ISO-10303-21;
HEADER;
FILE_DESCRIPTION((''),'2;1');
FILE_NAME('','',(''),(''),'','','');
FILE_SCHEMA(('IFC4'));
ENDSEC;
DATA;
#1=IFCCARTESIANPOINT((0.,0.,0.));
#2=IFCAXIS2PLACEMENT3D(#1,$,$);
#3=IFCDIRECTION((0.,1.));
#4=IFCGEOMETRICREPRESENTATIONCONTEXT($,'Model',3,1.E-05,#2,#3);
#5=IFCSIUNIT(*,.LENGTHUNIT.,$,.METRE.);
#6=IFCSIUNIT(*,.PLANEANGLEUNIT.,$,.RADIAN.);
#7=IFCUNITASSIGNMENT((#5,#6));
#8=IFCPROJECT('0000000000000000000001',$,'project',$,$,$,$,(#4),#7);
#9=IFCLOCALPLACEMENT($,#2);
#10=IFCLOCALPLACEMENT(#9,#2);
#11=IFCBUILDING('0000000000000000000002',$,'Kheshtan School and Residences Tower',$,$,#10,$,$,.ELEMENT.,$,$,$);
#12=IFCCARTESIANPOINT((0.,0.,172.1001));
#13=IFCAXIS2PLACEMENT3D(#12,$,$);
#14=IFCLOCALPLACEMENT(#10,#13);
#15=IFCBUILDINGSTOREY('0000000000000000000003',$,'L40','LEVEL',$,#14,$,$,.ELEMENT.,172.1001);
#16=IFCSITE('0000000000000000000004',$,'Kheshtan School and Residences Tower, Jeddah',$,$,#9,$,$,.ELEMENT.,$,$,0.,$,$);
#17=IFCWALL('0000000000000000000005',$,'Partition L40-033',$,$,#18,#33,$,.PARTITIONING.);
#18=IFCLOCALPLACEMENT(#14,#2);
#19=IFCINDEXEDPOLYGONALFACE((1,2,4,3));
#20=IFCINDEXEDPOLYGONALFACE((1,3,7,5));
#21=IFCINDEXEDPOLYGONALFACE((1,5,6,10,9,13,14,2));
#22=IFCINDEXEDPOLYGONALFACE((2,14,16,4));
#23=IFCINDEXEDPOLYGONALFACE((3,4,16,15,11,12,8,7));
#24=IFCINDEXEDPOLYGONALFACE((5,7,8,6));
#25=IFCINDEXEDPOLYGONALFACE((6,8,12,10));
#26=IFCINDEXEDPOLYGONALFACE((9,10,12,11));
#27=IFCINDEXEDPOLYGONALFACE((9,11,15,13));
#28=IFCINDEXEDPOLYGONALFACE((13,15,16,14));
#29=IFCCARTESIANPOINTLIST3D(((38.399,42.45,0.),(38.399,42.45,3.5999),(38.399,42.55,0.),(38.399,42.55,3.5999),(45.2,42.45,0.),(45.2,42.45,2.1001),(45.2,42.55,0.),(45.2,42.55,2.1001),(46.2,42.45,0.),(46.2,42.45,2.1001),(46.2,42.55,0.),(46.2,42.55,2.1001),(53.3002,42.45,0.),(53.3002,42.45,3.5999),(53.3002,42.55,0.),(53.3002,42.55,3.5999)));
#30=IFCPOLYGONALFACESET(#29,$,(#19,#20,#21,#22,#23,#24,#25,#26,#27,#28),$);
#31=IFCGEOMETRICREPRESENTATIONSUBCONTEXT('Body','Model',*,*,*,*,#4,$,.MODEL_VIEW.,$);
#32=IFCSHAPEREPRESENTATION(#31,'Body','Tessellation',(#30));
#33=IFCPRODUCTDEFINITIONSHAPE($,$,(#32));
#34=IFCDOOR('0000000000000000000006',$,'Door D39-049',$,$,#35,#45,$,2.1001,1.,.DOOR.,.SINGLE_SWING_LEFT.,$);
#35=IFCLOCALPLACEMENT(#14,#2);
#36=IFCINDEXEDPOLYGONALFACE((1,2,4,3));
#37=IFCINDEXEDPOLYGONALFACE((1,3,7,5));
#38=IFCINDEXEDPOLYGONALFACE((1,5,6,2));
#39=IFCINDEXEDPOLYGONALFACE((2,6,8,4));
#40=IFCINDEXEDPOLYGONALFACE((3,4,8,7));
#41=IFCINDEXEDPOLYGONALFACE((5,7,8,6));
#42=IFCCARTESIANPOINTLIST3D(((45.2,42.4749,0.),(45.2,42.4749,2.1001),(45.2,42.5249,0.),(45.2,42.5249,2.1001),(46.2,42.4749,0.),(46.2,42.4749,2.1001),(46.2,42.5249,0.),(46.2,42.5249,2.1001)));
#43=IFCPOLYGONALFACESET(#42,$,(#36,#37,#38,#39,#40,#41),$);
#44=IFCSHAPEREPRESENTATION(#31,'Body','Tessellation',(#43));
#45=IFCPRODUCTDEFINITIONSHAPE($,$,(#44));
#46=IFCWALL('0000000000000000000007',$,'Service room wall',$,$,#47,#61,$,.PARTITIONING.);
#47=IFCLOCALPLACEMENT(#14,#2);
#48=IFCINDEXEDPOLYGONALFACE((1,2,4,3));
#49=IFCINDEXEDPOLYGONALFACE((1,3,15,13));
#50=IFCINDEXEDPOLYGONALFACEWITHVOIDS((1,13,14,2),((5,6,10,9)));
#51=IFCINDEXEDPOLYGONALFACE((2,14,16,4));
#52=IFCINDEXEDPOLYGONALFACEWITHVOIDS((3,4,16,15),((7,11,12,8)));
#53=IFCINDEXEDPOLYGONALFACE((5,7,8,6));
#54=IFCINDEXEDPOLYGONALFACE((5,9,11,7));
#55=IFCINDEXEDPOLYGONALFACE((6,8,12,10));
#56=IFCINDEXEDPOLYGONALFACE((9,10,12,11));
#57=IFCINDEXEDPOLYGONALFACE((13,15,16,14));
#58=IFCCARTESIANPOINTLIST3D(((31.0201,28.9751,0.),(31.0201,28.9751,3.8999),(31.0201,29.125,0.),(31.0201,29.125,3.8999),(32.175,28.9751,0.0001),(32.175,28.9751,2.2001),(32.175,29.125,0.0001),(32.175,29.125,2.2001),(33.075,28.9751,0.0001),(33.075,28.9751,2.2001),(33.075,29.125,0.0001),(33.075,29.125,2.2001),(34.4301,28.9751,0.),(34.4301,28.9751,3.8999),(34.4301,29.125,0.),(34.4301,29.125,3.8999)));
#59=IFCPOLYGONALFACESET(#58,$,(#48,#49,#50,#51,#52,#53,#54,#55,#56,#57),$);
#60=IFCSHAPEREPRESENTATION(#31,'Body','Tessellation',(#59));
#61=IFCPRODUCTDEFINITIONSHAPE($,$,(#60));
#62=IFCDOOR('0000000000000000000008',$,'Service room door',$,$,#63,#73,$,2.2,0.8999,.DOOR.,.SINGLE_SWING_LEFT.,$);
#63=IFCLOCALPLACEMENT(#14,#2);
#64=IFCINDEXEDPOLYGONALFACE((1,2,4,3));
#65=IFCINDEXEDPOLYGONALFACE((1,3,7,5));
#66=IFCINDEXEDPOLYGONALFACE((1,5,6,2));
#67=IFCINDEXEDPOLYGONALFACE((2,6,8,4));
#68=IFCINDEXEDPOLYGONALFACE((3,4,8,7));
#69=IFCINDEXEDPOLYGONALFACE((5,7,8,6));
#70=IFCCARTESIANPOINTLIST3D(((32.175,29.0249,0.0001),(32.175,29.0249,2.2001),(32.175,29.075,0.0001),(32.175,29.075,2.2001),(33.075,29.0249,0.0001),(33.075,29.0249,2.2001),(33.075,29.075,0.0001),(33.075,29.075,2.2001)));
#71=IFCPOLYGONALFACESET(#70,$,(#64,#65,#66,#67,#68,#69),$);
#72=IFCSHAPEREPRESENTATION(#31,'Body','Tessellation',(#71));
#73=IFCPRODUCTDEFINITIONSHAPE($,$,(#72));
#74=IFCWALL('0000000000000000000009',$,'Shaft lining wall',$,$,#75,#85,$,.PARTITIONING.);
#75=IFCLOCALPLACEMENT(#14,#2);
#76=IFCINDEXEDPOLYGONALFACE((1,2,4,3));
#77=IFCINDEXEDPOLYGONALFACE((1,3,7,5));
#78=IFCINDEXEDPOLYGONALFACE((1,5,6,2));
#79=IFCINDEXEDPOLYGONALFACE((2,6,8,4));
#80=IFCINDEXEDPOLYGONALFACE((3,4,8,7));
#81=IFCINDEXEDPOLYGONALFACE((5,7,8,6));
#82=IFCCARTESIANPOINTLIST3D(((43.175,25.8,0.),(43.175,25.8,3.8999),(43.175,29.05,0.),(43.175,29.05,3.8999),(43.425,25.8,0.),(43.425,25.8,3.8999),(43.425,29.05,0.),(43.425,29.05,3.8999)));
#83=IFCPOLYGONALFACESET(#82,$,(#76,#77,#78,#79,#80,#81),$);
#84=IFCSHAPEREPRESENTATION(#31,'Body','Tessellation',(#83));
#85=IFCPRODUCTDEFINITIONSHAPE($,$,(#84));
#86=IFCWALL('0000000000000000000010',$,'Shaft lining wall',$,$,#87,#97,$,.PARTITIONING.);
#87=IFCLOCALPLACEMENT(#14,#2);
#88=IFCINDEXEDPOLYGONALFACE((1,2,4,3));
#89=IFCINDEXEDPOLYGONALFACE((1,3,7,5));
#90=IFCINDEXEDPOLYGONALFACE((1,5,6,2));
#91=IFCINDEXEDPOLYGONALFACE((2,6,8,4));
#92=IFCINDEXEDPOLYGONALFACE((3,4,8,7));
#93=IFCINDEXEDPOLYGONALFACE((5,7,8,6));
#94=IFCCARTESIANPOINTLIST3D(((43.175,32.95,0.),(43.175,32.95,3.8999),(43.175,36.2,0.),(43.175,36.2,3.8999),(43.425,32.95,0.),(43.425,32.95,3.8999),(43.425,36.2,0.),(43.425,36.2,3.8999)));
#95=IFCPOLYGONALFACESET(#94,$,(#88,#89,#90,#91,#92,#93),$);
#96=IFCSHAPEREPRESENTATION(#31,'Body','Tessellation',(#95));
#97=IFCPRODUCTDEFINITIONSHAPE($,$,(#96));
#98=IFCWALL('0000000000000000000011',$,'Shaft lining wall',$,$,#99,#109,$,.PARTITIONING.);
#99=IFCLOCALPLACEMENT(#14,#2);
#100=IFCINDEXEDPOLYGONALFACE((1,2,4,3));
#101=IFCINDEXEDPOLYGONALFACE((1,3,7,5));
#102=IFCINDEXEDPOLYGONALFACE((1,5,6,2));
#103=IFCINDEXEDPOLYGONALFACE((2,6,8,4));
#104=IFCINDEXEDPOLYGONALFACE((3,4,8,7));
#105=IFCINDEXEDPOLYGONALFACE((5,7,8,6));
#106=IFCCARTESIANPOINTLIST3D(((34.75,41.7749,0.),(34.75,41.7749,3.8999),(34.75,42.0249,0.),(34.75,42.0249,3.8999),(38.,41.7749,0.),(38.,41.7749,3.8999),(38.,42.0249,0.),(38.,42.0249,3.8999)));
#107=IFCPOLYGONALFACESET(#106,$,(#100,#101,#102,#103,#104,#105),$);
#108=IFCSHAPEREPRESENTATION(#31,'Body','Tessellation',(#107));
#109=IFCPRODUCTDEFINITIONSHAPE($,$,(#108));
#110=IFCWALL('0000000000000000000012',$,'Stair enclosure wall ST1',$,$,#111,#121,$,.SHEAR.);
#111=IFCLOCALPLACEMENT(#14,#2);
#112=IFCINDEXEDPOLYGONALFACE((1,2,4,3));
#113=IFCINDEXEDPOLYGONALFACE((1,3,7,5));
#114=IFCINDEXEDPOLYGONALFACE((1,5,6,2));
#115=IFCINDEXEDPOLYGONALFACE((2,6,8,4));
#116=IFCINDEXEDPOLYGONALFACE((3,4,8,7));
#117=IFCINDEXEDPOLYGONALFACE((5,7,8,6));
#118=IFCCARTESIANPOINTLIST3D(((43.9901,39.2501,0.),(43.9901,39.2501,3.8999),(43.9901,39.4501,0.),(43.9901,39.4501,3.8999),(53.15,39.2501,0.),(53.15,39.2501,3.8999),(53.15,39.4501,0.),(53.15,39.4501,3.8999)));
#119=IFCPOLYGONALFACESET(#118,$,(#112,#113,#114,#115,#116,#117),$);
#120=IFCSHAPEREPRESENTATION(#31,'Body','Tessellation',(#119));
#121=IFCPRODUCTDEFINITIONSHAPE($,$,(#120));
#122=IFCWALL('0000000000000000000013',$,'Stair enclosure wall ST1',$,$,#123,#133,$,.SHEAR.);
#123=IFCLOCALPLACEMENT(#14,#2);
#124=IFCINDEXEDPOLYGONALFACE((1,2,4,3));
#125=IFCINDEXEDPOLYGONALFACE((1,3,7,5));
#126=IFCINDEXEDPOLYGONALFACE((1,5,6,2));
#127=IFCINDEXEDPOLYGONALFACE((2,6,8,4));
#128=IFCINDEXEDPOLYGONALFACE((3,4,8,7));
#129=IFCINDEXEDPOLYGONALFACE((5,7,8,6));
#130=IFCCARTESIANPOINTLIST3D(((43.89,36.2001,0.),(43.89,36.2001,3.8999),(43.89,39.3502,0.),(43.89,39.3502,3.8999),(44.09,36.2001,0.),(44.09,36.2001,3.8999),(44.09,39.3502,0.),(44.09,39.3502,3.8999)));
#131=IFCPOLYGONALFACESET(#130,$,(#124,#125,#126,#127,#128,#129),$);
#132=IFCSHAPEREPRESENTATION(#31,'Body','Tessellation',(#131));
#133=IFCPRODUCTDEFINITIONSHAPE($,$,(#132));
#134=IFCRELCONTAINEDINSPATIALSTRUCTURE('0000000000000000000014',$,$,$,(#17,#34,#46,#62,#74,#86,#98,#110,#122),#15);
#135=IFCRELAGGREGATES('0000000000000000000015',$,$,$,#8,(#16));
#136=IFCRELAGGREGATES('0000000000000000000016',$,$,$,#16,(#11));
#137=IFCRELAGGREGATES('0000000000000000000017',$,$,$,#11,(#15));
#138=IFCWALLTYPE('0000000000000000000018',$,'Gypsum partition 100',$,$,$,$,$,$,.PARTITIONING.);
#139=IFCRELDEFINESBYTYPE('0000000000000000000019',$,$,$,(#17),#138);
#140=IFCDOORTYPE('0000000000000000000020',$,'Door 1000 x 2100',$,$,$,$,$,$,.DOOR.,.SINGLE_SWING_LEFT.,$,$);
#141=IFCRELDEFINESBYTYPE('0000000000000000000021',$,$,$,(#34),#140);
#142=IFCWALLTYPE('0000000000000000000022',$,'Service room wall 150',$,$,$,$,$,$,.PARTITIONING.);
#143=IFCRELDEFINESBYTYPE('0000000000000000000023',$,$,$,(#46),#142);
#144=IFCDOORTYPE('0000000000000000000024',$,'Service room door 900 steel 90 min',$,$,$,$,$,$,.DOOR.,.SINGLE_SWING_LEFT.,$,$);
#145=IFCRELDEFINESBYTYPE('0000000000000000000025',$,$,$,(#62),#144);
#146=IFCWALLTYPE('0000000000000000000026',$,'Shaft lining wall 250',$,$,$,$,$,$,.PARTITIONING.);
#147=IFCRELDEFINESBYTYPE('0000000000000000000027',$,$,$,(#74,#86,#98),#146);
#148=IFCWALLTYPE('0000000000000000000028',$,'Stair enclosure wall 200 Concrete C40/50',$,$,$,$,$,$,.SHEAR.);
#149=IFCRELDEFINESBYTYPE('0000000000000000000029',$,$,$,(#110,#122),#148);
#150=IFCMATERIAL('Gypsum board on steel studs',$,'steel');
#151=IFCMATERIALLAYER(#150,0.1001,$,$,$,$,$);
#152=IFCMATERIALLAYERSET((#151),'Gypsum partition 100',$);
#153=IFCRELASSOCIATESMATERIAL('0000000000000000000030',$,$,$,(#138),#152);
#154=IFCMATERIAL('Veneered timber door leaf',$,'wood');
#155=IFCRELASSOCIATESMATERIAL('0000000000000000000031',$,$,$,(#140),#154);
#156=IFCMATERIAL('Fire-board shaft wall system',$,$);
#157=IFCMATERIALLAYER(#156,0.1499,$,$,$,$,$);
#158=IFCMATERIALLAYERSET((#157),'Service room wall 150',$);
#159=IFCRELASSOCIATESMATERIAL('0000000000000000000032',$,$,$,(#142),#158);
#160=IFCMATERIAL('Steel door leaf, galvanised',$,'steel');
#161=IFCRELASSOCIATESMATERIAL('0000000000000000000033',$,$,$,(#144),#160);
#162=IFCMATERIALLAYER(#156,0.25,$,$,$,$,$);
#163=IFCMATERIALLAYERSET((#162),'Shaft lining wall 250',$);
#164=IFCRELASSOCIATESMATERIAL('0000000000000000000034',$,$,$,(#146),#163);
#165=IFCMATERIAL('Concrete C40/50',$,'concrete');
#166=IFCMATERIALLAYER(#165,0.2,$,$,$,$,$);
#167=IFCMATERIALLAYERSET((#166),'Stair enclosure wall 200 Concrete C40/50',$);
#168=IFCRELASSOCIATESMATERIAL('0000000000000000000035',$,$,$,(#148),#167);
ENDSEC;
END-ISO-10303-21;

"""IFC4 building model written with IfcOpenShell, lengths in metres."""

from ifc_helpers import new_model, si_unit, direction, frame, frame_2d, origin, place, context, subcontext, project, spatial, rectangle, extrude, source, transform, mapped, material, layer, layer_set, type_object, element, fill, save


model = new_model("IFC4")

# Units and contexts
model_context = context("Model", 3, precision=1e-05, world=origin(), true_north=direction((0.0, 1.0)))
body_context = subcontext(model_context, "Body", "Model", "MODEL_VIEW")
ifc_project = project(units=[si_unit("LENGTHUNIT", "METRE"), si_unit("PLANEANGLEUNIT", "RADIAN")], contexts=[model_context])

# Site, building, storey
site_placement = place(None, origin())
site = spatial("IfcSite", under=ifc_project, at=site_placement, Name="Kheshtan School and Residences Tower, Jeddah", CompositionType="ELEMENT", RefElevation=0.0)
building_placement = place(site_placement, origin())
building = spatial("IfcBuilding", under=site, at=building_placement, Name="Kheshtan School and Residences Tower", CompositionType="ELEMENT")
storey_placement = place(building_placement, frame((0.0, 0.0, 172.1001)))
storey = spatial("IfcBuildingStorey", under=building, at=storey_placement, Name="L40", Description="LEVEL", CompositionType="ELEMENT", Elevation=172.1001)

# Shared definitions
ifc_material_1 = material(Name="Steel door leaf, galvanised", Category="steel")

# Walls, openings, doors
ifc_material_2 = material(Name="Gypsum board on steel studs", Category="steel")
ifc_layer_1 = layer(ifc_material_2, 0.1001)
ifc_layer_set_1 = layer_set([ifc_layer_1], Name="Gypsum partition 100")
wall_type_1 = type_object("IfcWallType", Name="Gypsum partition 100", PredefinedType="PARTITIONING", material=ifc_layer_set_1)
wall_1_placement = place(storey_placement, frame((38.3989, 42.5, 0.0), z_axis=(0.0, 0.0, 1.0), x_axis=(1.0, 0.0, 0.0)))
wall_1 = element("IfcWall", 1, at=wall_1_placement, inside=storey, type_object=wall_type_1, Name="Partition L40-033", PredefinedType="PARTITIONING", context=body_context, shape_type="SweptSolid", body=[
    extrude(rectangle(XDim=14.9011, YDim=0.1001, at=frame_2d((7.4507, 0.0))), origin(), (0.0, 0.0, 1.0), 3.5999),
])
opening_1_placement = place(wall_1_placement, frame((6.801, 0.0, 0.0)))
opening_1 = element("IfcOpeningElement", 2, at=opening_1_placement, cuts=wall_1, PredefinedType="OPENING", context=body_context, shape_type="SweptSolid", body=[
    extrude(rectangle(XDim=1.0, YDim=2.1001, at=frame_2d((0.5, 1.05))), frame((0.0, 0.0601, 0.0), z_axis=(0.0, -1.0, 0.0), x_axis=(1.0, 0.0, 0.0)), (0.0, 0.0, 1.0), 0.1201),
])
ifc_material_3 = material(Name="Veneered timber door leaf", Category="wood")
door_type_1 = type_object("IfcDoorType", Name="Door 1000 x 2100", OperationType="SINGLE_SWING_LEFT", PredefinedType="DOOR", material=ifc_material_3)
shared_shape_1 = source(origin(), body_context, "Body", "SweptSolid", [
    extrude(rectangle(XDim=1.0, YDim=2.1001, at=frame_2d((0.5, 1.05))), frame((0.0, 0.0249, 0.0), z_axis=(0.0, -1.0, 0.0), x_axis=(1.0, 0.0, 0.0)), (0.0, 0.0, 1.0), 0.05),
])
door_1_placement = place(opening_1_placement, origin())
door_1 = element("IfcDoor", 3, at=door_1_placement, inside=storey, type_object=door_type_1, Name="Door D39-049", OperationType="SINGLE_SWING_LEFT", OverallHeight=2.1001, OverallWidth=1.0, PredefinedType="DOOR", context=body_context, shape_type="MappedRepresentation", body=[
    mapped(shared_shape_1, transform((0.0, 0.0, 0.0), x_axis=(1.0, 0.0, 0.0), y_axis=(0.0, 1.0, 0.0), z_axis=(0.0, 0.0, 1.0), scale=1.0)),
])
fill(opening_1, door_1)
ifc_material_4 = material(Name="Fire-board shaft wall system")
ifc_layer_2 = layer(ifc_material_4, 0.1499)
ifc_layer_set_2 = layer_set([ifc_layer_2], Name="Service room wall 150")
wall_type_2 = type_object("IfcWallType", Name="Service room wall 150", PredefinedType="PARTITIONING", material=ifc_layer_set_2)
wall_2_placement = place(storey_placement, frame((31.02, 29.05, 0.0), z_axis=(0.0, 0.0, 1.0), x_axis=(1.0, 0.0, 0.0)))
wall_2 = element("IfcWall", 4, at=wall_2_placement, inside=storey, type_object=wall_type_2, Name="Service room wall", PredefinedType="PARTITIONING", context=body_context, shape_type="SweptSolid", body=[
    extrude(rectangle(XDim=3.4099, YDim=0.1499, at=frame_2d((1.7051, 0.0))), origin(), (0.0, 0.0, 1.0), 3.8999),
])
opening_2_placement = place(wall_2_placement, frame((1.155, 0.0, 0.0)))
opening_2 = element("IfcOpeningElement", 5, at=opening_2_placement, cuts=wall_2, PredefinedType="OPENING", context=body_context, shape_type="SweptSolid", body=[
    extrude(rectangle(XDim=0.8999, YDim=2.2, at=frame_2d((0.45, 1.1001))), frame((0.0, 0.085, 0.0), z_axis=(0.0, -1.0, 0.0), x_axis=(1.0, 0.0, 0.0)), (0.0, 0.0, 1.0), 0.1699),
])
door_type_2 = type_object("IfcDoorType", Name="Service room door 900 steel 90 min", OperationType="SINGLE_SWING_LEFT", PredefinedType="DOOR", material=ifc_material_1)
shared_shape_2 = source(origin(), body_context, "Body", "SweptSolid", [
    extrude(rectangle(XDim=0.8999, YDim=2.2, at=frame_2d((0.45, 1.1001))), frame((0.0, 0.0249, 0.0), z_axis=(0.0, -1.0, 0.0), x_axis=(1.0, 0.0, 0.0)), (0.0, 0.0, 1.0), 0.05),
])
door_2_placement = place(opening_2_placement, origin())
door_2 = element("IfcDoor", 6, at=door_2_placement, inside=storey, type_object=door_type_2, Name="Service room door", OperationType="SINGLE_SWING_LEFT", OverallHeight=2.2, OverallWidth=0.8999, PredefinedType="DOOR", context=body_context, shape_type="MappedRepresentation", body=[
    mapped(shared_shape_2, transform((0.0, 0.0, 0.0), x_axis=(1.0, 0.0, 0.0), y_axis=(0.0, 1.0, 0.0), z_axis=(0.0, 0.0, 1.0), scale=1.0)),
])
fill(opening_2, door_2)

# Walls
ifc_layer_3 = layer(ifc_material_4, 0.25)
ifc_layer_set_3 = layer_set([ifc_layer_3], Name="Shaft lining wall 250")
wall_type_3 = type_object("IfcWallType", Name="Shaft lining wall 250", PredefinedType="PARTITIONING", material=ifc_layer_set_3)
for number, where, z_axis, x_axis, name in (
    (7, (43.3, 25.8, 0.0), (0.0, 0.0, 1.0), (0.0, 1.0, 0.0), "Shaft lining wall"),
    (8, (43.3, 32.95, 0.0), (0.0, 0.0, 1.0), (0.0, 1.0, 0.0), "Shaft lining wall"),
    (9, (34.75, 41.8999, 0.0), (0.0, 0.0, 1.0), (1.0, 0.0, 0.0), "Shaft lining wall"),
):
    element("IfcWall", number, at=place(storey_placement, frame(where, z_axis=z_axis, x_axis=x_axis)), inside=storey, type_object=wall_type_3, Name=name, PredefinedType="PARTITIONING", context=body_context, shape_type="SweptSolid", body=[
        extrude(rectangle(XDim=3.25, YDim=0.25, at=frame_2d((1.625, 0.0))), origin(), (0.0, 0.0, 1.0), 3.8999),
    ])
ifc_material_5 = material(Name="Concrete C40/50", Category="concrete")
ifc_layer_4 = layer(ifc_material_5, 0.2)
ifc_layer_set_4 = layer_set([ifc_layer_4], Name="Stair enclosure wall 200 Concrete C40/50")
wall_type_4 = type_object("IfcWallType", Name="Stair enclosure wall 200 Concrete C40/50", PredefinedType="SHEAR", material=ifc_layer_set_4)
wall_3_placement = place(storey_placement, frame((43.99, 39.3501, 0.0), z_axis=(0.0, 0.0, 1.0), x_axis=(1.0, 0.0, 0.0)))
element("IfcWall", 10, at=wall_3_placement, inside=storey, type_object=wall_type_4, Name="Stair enclosure wall ST1", PredefinedType="SHEAR", context=body_context, shape_type="SweptSolid", body=[
    extrude(rectangle(XDim=9.1599, YDim=0.2, at=frame_2d((4.5801, 0.0))), origin(), (0.0, 0.0, 1.0), 3.8999),
])
wall_4_placement = place(storey_placement, frame((43.99, 36.2, 0.0), z_axis=(0.0, 0.0, 1.0), x_axis=(0.0, 1.0, 0.0)))
element("IfcWall", 11, at=wall_4_placement, inside=storey, type_object=wall_type_4, Name="Stair enclosure wall ST1", PredefinedType="SHEAR", context=body_context, shape_type="SweptSolid", body=[
    extrude(rectangle(XDim=3.1501, YDim=0.2, at=frame_2d((1.5752, 0.0))), origin(), (0.0, 0.0, 1.0), 3.8999),
])

save(model, "model.ifc")
